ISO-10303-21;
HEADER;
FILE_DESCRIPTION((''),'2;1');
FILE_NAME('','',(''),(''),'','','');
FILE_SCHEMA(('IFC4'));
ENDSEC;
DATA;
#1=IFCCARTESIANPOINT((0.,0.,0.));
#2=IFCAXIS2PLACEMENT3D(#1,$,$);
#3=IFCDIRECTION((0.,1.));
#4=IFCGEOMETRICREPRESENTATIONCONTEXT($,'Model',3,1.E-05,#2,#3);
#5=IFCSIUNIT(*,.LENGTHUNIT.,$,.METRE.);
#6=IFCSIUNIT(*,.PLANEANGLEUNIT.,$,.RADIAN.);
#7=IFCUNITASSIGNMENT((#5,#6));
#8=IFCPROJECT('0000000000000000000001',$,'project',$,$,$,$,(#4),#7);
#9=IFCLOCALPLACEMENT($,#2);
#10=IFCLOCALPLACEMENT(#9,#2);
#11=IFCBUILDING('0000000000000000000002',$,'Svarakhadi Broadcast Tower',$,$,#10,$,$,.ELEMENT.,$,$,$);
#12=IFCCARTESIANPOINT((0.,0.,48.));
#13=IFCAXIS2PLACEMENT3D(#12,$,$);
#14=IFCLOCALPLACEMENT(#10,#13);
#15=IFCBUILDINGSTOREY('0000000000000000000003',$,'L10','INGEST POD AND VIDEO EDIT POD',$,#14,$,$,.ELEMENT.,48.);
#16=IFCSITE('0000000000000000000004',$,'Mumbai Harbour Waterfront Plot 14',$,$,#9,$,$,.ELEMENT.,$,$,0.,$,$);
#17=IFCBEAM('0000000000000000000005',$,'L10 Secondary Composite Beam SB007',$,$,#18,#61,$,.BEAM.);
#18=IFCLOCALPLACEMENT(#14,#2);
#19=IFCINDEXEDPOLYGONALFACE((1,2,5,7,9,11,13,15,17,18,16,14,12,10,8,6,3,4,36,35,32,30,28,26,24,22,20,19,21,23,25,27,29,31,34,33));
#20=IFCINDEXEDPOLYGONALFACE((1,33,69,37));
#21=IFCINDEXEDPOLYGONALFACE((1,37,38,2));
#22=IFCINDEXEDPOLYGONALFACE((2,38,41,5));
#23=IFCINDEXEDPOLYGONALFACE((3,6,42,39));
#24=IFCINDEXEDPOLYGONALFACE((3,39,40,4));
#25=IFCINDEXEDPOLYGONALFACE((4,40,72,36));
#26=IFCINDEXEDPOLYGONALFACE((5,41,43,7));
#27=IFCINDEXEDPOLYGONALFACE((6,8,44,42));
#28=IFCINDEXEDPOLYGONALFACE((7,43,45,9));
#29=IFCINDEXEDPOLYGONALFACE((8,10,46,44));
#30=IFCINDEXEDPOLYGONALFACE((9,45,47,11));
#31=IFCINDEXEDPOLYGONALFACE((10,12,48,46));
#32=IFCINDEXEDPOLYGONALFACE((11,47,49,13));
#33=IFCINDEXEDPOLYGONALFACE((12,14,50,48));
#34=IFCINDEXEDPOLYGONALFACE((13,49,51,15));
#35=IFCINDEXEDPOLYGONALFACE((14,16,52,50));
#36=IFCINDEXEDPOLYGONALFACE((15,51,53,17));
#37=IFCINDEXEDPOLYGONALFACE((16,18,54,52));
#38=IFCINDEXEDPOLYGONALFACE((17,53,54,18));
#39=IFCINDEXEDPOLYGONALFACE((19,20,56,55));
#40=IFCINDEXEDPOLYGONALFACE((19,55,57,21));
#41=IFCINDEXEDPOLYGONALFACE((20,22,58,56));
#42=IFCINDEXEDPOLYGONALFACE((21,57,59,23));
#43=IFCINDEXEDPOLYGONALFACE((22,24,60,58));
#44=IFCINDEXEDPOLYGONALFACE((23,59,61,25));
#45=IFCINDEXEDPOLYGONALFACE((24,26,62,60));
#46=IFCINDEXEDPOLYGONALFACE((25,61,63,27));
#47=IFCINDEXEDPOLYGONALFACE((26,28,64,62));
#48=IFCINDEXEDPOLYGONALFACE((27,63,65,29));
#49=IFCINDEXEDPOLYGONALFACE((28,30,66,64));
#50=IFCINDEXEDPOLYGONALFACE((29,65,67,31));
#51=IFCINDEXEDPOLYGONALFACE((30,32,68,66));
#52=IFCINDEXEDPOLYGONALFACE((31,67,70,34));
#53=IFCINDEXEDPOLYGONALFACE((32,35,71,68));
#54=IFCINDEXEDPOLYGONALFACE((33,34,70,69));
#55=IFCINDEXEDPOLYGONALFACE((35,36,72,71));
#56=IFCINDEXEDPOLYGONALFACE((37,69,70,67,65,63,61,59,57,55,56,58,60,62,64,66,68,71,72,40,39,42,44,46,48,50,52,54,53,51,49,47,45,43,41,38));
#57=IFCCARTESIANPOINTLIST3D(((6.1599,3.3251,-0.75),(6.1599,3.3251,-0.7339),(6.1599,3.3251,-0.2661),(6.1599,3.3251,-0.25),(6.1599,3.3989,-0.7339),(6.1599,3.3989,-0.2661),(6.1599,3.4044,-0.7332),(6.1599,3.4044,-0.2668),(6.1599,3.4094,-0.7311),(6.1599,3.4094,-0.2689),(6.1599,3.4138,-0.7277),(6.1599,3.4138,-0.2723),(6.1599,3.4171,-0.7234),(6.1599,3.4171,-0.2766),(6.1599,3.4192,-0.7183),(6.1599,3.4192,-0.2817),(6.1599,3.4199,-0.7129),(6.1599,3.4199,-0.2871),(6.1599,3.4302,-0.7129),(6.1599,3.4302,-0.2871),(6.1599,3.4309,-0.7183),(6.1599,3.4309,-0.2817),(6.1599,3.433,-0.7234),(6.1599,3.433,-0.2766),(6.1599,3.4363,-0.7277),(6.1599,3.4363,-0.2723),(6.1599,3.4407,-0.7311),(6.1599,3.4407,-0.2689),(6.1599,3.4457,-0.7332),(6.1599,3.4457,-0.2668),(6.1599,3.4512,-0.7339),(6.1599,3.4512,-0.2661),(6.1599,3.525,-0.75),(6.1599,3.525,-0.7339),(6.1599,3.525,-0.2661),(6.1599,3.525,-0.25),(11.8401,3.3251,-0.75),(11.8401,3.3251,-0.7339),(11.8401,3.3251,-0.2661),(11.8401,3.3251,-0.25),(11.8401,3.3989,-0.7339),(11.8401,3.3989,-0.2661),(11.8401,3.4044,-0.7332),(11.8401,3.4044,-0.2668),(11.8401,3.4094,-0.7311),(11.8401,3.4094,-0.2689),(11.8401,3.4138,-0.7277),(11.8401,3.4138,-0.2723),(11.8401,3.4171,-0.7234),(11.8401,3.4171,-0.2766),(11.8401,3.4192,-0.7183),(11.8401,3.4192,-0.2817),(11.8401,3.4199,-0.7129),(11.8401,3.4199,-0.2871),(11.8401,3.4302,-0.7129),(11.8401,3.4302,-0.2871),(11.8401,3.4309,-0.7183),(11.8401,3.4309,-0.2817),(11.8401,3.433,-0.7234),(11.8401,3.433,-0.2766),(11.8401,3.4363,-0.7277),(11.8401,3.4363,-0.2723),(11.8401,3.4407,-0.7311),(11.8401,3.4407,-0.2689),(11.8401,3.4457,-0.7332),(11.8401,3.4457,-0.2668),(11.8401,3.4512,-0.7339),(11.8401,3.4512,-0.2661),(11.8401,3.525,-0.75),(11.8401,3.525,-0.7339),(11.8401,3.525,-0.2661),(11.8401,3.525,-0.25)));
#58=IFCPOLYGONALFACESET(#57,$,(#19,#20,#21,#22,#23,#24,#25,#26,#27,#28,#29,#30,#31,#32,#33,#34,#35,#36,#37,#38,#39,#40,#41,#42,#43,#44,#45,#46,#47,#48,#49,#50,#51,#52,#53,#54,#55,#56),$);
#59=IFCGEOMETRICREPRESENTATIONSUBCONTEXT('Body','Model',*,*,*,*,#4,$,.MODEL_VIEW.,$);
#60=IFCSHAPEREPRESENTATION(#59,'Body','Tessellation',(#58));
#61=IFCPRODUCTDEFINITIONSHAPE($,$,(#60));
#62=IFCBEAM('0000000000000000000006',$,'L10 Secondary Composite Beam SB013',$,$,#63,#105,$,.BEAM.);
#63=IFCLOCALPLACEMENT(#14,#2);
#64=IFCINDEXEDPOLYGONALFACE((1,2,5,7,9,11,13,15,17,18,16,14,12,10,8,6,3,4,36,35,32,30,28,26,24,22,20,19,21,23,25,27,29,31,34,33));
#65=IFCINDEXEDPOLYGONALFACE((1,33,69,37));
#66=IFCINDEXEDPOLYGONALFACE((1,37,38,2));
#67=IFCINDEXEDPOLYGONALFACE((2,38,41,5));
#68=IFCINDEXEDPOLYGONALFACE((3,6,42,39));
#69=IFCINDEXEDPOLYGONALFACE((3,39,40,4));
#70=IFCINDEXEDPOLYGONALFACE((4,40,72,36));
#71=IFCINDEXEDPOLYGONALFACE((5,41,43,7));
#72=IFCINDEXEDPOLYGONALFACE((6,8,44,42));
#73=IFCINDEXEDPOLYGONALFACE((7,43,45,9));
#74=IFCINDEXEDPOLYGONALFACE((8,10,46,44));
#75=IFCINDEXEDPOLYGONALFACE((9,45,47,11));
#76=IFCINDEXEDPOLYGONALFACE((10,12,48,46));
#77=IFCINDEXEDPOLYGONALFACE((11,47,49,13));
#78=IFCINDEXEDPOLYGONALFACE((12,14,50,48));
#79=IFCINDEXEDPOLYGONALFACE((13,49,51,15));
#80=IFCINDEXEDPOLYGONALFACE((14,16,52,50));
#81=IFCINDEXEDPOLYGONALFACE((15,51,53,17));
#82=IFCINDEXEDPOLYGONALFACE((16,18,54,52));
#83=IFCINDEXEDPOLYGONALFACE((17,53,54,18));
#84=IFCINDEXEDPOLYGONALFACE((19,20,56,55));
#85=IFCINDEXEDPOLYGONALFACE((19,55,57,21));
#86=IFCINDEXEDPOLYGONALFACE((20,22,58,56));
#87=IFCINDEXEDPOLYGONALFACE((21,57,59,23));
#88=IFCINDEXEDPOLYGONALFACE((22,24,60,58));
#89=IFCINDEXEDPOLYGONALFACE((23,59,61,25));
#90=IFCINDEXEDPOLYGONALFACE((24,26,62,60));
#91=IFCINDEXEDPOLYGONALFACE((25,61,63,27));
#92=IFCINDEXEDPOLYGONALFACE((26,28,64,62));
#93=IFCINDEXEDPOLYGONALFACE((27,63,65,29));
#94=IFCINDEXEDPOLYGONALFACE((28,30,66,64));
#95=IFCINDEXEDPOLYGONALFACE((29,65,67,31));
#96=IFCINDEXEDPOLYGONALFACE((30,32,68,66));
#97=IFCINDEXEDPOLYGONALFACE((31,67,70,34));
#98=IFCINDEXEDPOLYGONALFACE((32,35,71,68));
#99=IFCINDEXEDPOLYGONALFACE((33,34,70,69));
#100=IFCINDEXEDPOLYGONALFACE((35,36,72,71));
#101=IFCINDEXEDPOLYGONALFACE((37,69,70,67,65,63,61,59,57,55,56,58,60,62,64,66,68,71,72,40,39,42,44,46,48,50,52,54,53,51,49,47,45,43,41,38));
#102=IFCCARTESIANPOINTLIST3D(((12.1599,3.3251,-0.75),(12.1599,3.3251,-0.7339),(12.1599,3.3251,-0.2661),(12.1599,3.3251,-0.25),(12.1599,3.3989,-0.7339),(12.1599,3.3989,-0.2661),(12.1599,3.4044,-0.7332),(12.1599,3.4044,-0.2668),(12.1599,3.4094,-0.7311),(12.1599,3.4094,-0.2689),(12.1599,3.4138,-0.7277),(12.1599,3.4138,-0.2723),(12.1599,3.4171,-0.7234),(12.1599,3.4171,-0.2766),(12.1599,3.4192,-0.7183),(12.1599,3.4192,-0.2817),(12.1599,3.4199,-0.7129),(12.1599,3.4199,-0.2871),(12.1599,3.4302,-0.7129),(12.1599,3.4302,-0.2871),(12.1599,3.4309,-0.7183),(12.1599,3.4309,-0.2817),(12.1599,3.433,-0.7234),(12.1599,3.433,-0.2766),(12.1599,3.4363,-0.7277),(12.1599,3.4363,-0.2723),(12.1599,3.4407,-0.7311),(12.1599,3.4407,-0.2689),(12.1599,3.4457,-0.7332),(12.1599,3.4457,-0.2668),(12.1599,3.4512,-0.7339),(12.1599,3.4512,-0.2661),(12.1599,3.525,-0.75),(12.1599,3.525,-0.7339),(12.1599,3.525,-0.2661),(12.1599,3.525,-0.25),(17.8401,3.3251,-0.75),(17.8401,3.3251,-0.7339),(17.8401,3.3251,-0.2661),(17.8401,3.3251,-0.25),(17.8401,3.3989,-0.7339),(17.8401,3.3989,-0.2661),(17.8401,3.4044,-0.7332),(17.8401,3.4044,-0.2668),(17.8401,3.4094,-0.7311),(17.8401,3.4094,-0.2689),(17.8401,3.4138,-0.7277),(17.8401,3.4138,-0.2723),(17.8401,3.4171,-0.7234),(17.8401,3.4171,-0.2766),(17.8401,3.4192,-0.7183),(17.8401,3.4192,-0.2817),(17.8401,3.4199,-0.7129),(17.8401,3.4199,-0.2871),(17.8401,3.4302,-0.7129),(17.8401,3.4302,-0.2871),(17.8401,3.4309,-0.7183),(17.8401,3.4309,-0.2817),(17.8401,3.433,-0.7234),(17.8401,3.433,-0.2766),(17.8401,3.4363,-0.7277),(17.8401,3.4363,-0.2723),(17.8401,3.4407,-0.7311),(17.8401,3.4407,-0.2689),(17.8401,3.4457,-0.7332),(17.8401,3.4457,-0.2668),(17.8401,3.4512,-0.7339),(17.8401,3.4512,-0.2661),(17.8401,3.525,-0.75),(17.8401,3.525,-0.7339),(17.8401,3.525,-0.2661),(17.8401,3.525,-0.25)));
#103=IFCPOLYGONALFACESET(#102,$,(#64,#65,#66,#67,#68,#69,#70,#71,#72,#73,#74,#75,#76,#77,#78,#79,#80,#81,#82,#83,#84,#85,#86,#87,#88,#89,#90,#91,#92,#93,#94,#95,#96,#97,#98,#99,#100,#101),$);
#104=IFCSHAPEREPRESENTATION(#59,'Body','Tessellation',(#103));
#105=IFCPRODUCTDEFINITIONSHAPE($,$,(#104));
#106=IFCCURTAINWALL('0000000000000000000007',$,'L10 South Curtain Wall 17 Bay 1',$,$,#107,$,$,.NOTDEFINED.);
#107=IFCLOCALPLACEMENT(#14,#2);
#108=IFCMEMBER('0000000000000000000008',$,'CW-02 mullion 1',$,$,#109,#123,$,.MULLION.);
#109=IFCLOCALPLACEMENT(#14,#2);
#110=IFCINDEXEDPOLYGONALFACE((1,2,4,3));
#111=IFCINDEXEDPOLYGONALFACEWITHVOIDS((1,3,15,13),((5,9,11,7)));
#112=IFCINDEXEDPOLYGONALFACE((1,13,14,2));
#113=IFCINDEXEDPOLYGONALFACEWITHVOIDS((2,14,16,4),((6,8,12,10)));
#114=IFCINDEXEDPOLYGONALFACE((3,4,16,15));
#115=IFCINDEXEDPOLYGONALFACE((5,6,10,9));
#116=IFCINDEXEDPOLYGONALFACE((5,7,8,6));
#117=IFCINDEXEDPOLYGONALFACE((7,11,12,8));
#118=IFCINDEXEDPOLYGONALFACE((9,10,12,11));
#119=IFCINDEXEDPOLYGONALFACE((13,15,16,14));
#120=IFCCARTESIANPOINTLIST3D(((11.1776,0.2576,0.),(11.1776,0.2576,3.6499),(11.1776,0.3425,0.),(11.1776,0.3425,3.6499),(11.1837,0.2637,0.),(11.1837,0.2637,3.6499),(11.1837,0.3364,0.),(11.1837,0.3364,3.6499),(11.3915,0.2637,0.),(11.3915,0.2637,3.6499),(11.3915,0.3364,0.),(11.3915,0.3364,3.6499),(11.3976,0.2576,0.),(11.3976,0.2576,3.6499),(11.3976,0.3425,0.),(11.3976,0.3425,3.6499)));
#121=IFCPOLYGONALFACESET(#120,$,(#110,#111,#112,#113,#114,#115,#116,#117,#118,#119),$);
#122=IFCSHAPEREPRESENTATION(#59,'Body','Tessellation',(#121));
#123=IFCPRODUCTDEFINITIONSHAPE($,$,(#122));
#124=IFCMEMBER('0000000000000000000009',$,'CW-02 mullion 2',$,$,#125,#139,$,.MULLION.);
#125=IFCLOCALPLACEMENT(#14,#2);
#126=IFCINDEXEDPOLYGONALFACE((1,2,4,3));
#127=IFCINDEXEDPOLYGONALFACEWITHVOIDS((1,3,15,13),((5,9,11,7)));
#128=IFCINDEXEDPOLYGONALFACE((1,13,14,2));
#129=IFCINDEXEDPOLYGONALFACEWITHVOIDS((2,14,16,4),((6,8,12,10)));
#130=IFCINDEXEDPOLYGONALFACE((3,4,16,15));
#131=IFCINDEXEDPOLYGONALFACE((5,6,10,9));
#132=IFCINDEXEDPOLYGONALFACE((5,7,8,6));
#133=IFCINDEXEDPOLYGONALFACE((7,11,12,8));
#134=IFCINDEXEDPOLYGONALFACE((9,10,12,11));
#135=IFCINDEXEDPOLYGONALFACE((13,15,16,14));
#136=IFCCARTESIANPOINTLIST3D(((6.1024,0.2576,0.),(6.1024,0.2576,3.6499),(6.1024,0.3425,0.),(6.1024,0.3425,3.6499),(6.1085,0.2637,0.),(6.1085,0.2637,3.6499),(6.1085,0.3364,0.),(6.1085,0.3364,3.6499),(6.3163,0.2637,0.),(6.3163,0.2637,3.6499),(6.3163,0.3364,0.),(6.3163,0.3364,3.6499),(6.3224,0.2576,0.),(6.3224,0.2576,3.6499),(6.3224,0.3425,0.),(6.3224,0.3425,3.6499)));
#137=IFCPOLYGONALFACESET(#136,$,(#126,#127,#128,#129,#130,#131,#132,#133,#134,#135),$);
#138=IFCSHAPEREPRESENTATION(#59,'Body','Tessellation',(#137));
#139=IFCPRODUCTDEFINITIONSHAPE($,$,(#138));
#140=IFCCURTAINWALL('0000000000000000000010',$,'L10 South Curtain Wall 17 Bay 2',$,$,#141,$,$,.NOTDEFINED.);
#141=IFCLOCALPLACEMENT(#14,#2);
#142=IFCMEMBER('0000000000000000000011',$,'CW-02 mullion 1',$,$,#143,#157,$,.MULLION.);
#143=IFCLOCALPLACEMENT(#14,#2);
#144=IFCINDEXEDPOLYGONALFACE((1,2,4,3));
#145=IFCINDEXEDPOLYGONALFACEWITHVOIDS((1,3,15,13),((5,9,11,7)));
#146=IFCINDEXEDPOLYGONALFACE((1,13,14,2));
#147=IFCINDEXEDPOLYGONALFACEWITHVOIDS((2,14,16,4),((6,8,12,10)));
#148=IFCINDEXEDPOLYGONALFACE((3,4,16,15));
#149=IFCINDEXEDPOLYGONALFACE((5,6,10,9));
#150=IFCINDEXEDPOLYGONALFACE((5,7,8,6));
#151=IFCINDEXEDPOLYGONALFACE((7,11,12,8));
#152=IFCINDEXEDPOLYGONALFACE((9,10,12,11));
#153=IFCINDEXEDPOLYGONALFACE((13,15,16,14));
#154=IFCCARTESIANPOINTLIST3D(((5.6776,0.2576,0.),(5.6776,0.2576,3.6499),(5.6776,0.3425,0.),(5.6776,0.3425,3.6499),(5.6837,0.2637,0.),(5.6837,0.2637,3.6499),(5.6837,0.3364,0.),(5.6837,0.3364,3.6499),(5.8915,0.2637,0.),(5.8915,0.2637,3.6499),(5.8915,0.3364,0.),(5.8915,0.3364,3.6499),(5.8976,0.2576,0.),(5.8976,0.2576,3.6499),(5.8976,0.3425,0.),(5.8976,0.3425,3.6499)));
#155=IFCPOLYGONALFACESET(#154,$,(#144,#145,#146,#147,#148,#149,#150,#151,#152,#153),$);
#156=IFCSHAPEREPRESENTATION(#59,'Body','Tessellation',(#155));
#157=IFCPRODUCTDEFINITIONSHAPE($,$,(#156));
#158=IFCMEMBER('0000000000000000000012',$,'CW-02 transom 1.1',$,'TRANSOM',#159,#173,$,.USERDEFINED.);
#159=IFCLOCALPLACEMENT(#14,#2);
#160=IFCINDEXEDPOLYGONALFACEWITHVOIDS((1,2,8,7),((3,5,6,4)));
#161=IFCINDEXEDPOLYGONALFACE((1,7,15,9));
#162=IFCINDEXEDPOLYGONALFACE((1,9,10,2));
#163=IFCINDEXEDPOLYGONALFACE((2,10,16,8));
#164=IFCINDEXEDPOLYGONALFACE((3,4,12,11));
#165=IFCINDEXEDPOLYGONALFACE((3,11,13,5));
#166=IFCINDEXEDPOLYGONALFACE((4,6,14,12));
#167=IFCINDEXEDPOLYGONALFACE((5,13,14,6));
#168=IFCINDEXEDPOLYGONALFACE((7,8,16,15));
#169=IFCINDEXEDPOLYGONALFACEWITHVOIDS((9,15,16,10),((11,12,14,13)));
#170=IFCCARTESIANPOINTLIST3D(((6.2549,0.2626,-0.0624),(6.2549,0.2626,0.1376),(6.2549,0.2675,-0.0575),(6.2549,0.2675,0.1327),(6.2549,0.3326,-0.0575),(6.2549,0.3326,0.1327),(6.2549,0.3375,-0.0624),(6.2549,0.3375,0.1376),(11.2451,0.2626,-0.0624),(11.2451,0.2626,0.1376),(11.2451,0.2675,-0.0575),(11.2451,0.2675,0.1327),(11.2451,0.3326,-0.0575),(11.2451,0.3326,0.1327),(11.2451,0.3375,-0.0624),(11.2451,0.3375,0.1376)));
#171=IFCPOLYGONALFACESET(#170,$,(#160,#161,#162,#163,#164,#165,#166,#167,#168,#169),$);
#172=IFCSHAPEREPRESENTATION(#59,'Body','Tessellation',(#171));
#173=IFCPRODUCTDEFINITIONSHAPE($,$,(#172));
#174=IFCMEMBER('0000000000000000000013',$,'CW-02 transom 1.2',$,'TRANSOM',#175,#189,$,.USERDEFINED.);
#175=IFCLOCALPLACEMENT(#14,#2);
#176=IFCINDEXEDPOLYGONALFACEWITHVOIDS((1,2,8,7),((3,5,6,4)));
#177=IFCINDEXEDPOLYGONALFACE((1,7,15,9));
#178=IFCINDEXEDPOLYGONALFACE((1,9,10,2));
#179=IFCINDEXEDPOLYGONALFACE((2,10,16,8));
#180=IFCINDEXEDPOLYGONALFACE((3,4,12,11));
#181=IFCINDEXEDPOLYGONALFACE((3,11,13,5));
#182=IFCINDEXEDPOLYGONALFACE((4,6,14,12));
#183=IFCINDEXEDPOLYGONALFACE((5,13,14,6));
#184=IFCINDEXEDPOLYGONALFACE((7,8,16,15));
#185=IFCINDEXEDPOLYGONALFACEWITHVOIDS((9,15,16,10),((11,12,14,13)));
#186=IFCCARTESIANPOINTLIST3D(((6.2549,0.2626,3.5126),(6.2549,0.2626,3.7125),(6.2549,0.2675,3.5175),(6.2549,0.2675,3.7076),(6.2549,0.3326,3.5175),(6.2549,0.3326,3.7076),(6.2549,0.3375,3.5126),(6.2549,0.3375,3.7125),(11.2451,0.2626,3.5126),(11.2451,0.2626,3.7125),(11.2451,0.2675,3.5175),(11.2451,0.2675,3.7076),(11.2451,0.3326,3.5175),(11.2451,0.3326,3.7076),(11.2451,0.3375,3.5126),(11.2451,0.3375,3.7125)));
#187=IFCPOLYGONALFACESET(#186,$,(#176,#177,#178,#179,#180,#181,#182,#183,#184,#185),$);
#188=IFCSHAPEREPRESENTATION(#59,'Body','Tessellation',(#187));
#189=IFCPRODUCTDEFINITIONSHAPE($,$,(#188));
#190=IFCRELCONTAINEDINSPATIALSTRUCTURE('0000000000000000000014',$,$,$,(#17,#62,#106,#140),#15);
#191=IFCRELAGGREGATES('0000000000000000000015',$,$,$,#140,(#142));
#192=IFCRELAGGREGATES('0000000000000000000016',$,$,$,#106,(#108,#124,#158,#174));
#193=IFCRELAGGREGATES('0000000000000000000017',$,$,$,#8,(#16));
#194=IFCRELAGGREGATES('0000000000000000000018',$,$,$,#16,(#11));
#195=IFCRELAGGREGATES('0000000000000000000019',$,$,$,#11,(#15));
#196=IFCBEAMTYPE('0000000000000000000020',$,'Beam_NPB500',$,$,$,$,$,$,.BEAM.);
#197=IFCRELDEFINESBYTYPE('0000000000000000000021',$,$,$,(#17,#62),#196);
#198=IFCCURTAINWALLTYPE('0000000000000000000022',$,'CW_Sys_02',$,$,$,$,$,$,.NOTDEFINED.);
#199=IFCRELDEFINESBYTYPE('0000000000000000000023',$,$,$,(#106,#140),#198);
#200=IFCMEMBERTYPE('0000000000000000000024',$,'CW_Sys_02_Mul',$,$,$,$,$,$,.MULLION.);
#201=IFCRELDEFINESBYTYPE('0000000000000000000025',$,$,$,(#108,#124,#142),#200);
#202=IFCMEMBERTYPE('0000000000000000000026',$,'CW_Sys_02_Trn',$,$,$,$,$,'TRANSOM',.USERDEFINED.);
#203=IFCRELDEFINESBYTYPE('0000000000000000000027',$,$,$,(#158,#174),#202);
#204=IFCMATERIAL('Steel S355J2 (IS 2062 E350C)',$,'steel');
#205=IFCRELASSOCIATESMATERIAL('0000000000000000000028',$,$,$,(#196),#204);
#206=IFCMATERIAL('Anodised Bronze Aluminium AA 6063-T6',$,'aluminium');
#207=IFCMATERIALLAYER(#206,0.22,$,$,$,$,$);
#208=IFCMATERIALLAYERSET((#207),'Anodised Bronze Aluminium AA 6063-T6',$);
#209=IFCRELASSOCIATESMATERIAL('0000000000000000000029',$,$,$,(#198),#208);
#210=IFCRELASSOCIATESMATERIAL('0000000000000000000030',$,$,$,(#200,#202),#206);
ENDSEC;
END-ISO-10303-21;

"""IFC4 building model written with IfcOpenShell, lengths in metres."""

from ifc_helpers import new_model, si_unit, direction, frame, origin, origin_2d, place, context, subcontext, project, spatial, hollow_rectangle, i_section, extrude, material, layer, layer_set, material_profile, profile_set, type_object, element, aggregate, save


model = new_model("IFC4")

# Units and contexts
model_context = context("Model", 3, precision=1e-05, world=origin(), true_north=direction((0.0, 1.0)))
body_context = subcontext(model_context, "Body", "Model", "MODEL_VIEW")
ifc_project = project(units=[si_unit("LENGTHUNIT", "METRE"), si_unit("PLANEANGLEUNIT", "RADIAN")], contexts=[model_context])

# Site, building, storey
site_placement = place(None, origin())
site = spatial("IfcSite", under=ifc_project, at=site_placement, Name="Mumbai Harbour Waterfront Plot 14", CompositionType="ELEMENT", RefElevation=0.0)
building_placement = place(site_placement, origin())
building = spatial("IfcBuilding", under=site, at=building_placement, Name="Svarakhadi Broadcast Tower", CompositionType="ELEMENT")
storey_placement = place(building_placement, frame((0.0, 0.0, 48.0)))
storey = spatial("IfcBuildingStorey", under=building, at=storey_placement, Name="L10", Description="INGEST POD AND VIDEO EDIT POD", CompositionType="ELEMENT", Elevation=48.0)

# Beams
ifc_material_1 = material(Name="Steel S355J2 (IS 2062 E350C)", Category="steel")
ifc_material_profile_1 = material_profile(ifc_material_1, i_section(OverallWidth=0.2, OverallDepth=0.5, WebThickness=0.0103, FlangeThickness=0.0161, FilletRadius=0.021, at=origin_2d()), Name="NPB 500x200x91")
ifc_profile_set_1 = profile_set([ifc_material_profile_1], Name="Steel S355J2 (IS 2062 E350C)")
beam_type_1 = type_object("IfcBeamType", Name="Beam_NPB500", PredefinedType="BEAM", material=ifc_profile_set_1)
for number, where, z_axis, x_axis, name in (
    (1, (6.1599, 3.425, -0.5), (1.0, 0.0, 0.0), (0.0, 1.0, 0.0), "L10 Secondary Composite Beam SB007"),
    (2, (12.1599, 3.425, -0.5), (1.0, 0.0, 0.0), (0.0, 1.0, 0.0), "L10 Secondary Composite Beam SB013"),
):
    element("IfcBeam", number, at=place(storey_placement, frame(where, z_axis=z_axis, x_axis=x_axis)), inside=storey, type_object=beam_type_1, Name=name, PredefinedType="BEAM", context=body_context, shape_type="SweptSolid", body=[
        extrude(i_section(OverallWidth=0.2, OverallDepth=0.5, WebThickness=0.0103, FlangeThickness=0.0161, FilletRadius=0.021, at=origin_2d()), origin(), (0.0, 0.0, 1.0), 5.6802),
    ])

# Curtain wall, members
ifc_material_2 = material(Name="Anodised Bronze Aluminium AA 6063-T6", Category="aluminium")
ifc_layer_1 = layer(ifc_material_2, 0.22)
ifc_layer_set_1 = layer_set([ifc_layer_1], Name="Anodised Bronze Aluminium AA 6063-T6")
curtain_wall_type = type_object("IfcCurtainWallType", Name="CW_Sys_02", PredefinedType="NOTDEFINED", material=ifc_layer_set_1)
curtain_wall_1_placement = place(storey_placement, origin())
curtain_wall_1 = element("IfcCurtainWall", 3, at=curtain_wall_1_placement, inside=storey, type_object=curtain_wall_type, Name="L10 South Curtain Wall 17 Bay 1", PredefinedType="NOTDEFINED")
ifc_material_profile_2 = material_profile(ifc_material_2, hollow_rectangle(XDim=0.085, YDim=0.22, WallThickness=0.0061, at=origin_2d()), Name="ALU MULLION 220x85x6")
ifc_profile_set_2 = profile_set([ifc_material_profile_2], Name="Anodised Bronze Aluminium AA 6063-T6")
member_type_1 = type_object("IfcMemberType", Name="CW_Sys_02_Mul", PredefinedType="MULLION", material=ifc_profile_set_2)
member_1_placement = place(storey_placement, frame((11.2876, 0.3, 0.0), z_axis=(0.0, 0.0, 1.0), x_axis=(0.0, -1.0, 0.0)))
member_1 = element("IfcMember", 4, at=member_1_placement, type_object=member_type_1, Name="CW-02 mullion 1", PredefinedType="MULLION", context=body_context, shape_type="SweptSolid", body=[
    extrude(hollow_rectangle(XDim=0.085, YDim=0.22, WallThickness=0.0061, at=origin_2d()), origin(), (0.0, 0.0, 1.0), 3.6499),
])
member_2_placement = place(storey_placement, frame((6.2124, 0.3, 0.0), z_axis=(0.0, 0.0, 1.0), x_axis=(0.0, -1.0, 0.0)))
member_2 = element("IfcMember", 5, at=member_2_placement, type_object=member_type_1, Name="CW-02 mullion 2", PredefinedType="MULLION", context=body_context, shape_type="SweptSolid", body=[
    extrude(hollow_rectangle(XDim=0.085, YDim=0.22, WallThickness=0.0061, at=origin_2d()), origin(), (0.0, 0.0, 1.0), 3.6499),
])

# Curtain wall, member
curtain_wall_2_placement = place(storey_placement, origin())
curtain_wall_2 = element("IfcCurtainWall", 6, at=curtain_wall_2_placement, inside=storey, type_object=curtain_wall_type, Name="L10 South Curtain Wall 17 Bay 2", PredefinedType="NOTDEFINED")
member_3_placement = place(storey_placement, frame((5.7876, 0.3, 0.0), z_axis=(0.0, 0.0, 1.0), x_axis=(0.0, -1.0, 0.0)))
member_3 = element("IfcMember", 7, at=member_3_placement, type_object=member_type_1, Name="CW-02 mullion 1", PredefinedType="MULLION", context=body_context, shape_type="SweptSolid", body=[
    extrude(hollow_rectangle(XDim=0.085, YDim=0.22, WallThickness=0.0061, at=origin_2d()), origin(), (0.0, 0.0, 1.0), 3.6499),
])
aggregate(curtain_wall_2, [member_3])

# Members
ifc_material_profile_3 = material_profile(ifc_material_2, hollow_rectangle(XDim=0.075, YDim=0.2, WallThickness=0.0049, at=origin_2d()), Name="ALU TRANSOM 200x75x5")
ifc_profile_set_3 = profile_set([ifc_material_profile_3], Name="Anodised Bronze Aluminium AA 6063-T6")
member_type_2 = type_object("IfcMemberType", Name="CW_Sys_02_Trn", ElementType="TRANSOM", PredefinedType="USERDEFINED", material=ifc_profile_set_3)
member_4_placement = place(storey_placement, frame((11.2451, 0.3, 0.0376), z_axis=(-1.0, 0.0, 0.0), x_axis=(0.0, -1.0, 0.0)))
member_4 = element("IfcMember", 8, at=member_4_placement, type_object=member_type_2, Name="CW-02 transom 1.1", ObjectType="TRANSOM", PredefinedType="USERDEFINED", context=body_context, shape_type="SweptSolid", body=[
    extrude(hollow_rectangle(XDim=0.075, YDim=0.2, WallThickness=0.0049, at=origin_2d()), origin(), (0.0, 0.0, 1.0), 4.9902),
])
member_5_placement = place(storey_placement, frame((11.2451, 0.3, 3.6125), z_axis=(-1.0, 0.0, 0.0), x_axis=(0.0, -1.0, 0.0)))
member_5 = element("IfcMember", 9, at=member_5_placement, type_object=member_type_2, Name="CW-02 transom 1.2", ObjectType="TRANSOM", PredefinedType="USERDEFINED", context=body_context, shape_type="SweptSolid", body=[
    extrude(hollow_rectangle(XDim=0.075, YDim=0.2, WallThickness=0.0049, at=origin_2d()), origin(), (0.0, 0.0, 1.0), 4.9902),
])

aggregate(curtain_wall_1, [member_1, member_2, member_4, member_5])

save(model, "model.ifc")
